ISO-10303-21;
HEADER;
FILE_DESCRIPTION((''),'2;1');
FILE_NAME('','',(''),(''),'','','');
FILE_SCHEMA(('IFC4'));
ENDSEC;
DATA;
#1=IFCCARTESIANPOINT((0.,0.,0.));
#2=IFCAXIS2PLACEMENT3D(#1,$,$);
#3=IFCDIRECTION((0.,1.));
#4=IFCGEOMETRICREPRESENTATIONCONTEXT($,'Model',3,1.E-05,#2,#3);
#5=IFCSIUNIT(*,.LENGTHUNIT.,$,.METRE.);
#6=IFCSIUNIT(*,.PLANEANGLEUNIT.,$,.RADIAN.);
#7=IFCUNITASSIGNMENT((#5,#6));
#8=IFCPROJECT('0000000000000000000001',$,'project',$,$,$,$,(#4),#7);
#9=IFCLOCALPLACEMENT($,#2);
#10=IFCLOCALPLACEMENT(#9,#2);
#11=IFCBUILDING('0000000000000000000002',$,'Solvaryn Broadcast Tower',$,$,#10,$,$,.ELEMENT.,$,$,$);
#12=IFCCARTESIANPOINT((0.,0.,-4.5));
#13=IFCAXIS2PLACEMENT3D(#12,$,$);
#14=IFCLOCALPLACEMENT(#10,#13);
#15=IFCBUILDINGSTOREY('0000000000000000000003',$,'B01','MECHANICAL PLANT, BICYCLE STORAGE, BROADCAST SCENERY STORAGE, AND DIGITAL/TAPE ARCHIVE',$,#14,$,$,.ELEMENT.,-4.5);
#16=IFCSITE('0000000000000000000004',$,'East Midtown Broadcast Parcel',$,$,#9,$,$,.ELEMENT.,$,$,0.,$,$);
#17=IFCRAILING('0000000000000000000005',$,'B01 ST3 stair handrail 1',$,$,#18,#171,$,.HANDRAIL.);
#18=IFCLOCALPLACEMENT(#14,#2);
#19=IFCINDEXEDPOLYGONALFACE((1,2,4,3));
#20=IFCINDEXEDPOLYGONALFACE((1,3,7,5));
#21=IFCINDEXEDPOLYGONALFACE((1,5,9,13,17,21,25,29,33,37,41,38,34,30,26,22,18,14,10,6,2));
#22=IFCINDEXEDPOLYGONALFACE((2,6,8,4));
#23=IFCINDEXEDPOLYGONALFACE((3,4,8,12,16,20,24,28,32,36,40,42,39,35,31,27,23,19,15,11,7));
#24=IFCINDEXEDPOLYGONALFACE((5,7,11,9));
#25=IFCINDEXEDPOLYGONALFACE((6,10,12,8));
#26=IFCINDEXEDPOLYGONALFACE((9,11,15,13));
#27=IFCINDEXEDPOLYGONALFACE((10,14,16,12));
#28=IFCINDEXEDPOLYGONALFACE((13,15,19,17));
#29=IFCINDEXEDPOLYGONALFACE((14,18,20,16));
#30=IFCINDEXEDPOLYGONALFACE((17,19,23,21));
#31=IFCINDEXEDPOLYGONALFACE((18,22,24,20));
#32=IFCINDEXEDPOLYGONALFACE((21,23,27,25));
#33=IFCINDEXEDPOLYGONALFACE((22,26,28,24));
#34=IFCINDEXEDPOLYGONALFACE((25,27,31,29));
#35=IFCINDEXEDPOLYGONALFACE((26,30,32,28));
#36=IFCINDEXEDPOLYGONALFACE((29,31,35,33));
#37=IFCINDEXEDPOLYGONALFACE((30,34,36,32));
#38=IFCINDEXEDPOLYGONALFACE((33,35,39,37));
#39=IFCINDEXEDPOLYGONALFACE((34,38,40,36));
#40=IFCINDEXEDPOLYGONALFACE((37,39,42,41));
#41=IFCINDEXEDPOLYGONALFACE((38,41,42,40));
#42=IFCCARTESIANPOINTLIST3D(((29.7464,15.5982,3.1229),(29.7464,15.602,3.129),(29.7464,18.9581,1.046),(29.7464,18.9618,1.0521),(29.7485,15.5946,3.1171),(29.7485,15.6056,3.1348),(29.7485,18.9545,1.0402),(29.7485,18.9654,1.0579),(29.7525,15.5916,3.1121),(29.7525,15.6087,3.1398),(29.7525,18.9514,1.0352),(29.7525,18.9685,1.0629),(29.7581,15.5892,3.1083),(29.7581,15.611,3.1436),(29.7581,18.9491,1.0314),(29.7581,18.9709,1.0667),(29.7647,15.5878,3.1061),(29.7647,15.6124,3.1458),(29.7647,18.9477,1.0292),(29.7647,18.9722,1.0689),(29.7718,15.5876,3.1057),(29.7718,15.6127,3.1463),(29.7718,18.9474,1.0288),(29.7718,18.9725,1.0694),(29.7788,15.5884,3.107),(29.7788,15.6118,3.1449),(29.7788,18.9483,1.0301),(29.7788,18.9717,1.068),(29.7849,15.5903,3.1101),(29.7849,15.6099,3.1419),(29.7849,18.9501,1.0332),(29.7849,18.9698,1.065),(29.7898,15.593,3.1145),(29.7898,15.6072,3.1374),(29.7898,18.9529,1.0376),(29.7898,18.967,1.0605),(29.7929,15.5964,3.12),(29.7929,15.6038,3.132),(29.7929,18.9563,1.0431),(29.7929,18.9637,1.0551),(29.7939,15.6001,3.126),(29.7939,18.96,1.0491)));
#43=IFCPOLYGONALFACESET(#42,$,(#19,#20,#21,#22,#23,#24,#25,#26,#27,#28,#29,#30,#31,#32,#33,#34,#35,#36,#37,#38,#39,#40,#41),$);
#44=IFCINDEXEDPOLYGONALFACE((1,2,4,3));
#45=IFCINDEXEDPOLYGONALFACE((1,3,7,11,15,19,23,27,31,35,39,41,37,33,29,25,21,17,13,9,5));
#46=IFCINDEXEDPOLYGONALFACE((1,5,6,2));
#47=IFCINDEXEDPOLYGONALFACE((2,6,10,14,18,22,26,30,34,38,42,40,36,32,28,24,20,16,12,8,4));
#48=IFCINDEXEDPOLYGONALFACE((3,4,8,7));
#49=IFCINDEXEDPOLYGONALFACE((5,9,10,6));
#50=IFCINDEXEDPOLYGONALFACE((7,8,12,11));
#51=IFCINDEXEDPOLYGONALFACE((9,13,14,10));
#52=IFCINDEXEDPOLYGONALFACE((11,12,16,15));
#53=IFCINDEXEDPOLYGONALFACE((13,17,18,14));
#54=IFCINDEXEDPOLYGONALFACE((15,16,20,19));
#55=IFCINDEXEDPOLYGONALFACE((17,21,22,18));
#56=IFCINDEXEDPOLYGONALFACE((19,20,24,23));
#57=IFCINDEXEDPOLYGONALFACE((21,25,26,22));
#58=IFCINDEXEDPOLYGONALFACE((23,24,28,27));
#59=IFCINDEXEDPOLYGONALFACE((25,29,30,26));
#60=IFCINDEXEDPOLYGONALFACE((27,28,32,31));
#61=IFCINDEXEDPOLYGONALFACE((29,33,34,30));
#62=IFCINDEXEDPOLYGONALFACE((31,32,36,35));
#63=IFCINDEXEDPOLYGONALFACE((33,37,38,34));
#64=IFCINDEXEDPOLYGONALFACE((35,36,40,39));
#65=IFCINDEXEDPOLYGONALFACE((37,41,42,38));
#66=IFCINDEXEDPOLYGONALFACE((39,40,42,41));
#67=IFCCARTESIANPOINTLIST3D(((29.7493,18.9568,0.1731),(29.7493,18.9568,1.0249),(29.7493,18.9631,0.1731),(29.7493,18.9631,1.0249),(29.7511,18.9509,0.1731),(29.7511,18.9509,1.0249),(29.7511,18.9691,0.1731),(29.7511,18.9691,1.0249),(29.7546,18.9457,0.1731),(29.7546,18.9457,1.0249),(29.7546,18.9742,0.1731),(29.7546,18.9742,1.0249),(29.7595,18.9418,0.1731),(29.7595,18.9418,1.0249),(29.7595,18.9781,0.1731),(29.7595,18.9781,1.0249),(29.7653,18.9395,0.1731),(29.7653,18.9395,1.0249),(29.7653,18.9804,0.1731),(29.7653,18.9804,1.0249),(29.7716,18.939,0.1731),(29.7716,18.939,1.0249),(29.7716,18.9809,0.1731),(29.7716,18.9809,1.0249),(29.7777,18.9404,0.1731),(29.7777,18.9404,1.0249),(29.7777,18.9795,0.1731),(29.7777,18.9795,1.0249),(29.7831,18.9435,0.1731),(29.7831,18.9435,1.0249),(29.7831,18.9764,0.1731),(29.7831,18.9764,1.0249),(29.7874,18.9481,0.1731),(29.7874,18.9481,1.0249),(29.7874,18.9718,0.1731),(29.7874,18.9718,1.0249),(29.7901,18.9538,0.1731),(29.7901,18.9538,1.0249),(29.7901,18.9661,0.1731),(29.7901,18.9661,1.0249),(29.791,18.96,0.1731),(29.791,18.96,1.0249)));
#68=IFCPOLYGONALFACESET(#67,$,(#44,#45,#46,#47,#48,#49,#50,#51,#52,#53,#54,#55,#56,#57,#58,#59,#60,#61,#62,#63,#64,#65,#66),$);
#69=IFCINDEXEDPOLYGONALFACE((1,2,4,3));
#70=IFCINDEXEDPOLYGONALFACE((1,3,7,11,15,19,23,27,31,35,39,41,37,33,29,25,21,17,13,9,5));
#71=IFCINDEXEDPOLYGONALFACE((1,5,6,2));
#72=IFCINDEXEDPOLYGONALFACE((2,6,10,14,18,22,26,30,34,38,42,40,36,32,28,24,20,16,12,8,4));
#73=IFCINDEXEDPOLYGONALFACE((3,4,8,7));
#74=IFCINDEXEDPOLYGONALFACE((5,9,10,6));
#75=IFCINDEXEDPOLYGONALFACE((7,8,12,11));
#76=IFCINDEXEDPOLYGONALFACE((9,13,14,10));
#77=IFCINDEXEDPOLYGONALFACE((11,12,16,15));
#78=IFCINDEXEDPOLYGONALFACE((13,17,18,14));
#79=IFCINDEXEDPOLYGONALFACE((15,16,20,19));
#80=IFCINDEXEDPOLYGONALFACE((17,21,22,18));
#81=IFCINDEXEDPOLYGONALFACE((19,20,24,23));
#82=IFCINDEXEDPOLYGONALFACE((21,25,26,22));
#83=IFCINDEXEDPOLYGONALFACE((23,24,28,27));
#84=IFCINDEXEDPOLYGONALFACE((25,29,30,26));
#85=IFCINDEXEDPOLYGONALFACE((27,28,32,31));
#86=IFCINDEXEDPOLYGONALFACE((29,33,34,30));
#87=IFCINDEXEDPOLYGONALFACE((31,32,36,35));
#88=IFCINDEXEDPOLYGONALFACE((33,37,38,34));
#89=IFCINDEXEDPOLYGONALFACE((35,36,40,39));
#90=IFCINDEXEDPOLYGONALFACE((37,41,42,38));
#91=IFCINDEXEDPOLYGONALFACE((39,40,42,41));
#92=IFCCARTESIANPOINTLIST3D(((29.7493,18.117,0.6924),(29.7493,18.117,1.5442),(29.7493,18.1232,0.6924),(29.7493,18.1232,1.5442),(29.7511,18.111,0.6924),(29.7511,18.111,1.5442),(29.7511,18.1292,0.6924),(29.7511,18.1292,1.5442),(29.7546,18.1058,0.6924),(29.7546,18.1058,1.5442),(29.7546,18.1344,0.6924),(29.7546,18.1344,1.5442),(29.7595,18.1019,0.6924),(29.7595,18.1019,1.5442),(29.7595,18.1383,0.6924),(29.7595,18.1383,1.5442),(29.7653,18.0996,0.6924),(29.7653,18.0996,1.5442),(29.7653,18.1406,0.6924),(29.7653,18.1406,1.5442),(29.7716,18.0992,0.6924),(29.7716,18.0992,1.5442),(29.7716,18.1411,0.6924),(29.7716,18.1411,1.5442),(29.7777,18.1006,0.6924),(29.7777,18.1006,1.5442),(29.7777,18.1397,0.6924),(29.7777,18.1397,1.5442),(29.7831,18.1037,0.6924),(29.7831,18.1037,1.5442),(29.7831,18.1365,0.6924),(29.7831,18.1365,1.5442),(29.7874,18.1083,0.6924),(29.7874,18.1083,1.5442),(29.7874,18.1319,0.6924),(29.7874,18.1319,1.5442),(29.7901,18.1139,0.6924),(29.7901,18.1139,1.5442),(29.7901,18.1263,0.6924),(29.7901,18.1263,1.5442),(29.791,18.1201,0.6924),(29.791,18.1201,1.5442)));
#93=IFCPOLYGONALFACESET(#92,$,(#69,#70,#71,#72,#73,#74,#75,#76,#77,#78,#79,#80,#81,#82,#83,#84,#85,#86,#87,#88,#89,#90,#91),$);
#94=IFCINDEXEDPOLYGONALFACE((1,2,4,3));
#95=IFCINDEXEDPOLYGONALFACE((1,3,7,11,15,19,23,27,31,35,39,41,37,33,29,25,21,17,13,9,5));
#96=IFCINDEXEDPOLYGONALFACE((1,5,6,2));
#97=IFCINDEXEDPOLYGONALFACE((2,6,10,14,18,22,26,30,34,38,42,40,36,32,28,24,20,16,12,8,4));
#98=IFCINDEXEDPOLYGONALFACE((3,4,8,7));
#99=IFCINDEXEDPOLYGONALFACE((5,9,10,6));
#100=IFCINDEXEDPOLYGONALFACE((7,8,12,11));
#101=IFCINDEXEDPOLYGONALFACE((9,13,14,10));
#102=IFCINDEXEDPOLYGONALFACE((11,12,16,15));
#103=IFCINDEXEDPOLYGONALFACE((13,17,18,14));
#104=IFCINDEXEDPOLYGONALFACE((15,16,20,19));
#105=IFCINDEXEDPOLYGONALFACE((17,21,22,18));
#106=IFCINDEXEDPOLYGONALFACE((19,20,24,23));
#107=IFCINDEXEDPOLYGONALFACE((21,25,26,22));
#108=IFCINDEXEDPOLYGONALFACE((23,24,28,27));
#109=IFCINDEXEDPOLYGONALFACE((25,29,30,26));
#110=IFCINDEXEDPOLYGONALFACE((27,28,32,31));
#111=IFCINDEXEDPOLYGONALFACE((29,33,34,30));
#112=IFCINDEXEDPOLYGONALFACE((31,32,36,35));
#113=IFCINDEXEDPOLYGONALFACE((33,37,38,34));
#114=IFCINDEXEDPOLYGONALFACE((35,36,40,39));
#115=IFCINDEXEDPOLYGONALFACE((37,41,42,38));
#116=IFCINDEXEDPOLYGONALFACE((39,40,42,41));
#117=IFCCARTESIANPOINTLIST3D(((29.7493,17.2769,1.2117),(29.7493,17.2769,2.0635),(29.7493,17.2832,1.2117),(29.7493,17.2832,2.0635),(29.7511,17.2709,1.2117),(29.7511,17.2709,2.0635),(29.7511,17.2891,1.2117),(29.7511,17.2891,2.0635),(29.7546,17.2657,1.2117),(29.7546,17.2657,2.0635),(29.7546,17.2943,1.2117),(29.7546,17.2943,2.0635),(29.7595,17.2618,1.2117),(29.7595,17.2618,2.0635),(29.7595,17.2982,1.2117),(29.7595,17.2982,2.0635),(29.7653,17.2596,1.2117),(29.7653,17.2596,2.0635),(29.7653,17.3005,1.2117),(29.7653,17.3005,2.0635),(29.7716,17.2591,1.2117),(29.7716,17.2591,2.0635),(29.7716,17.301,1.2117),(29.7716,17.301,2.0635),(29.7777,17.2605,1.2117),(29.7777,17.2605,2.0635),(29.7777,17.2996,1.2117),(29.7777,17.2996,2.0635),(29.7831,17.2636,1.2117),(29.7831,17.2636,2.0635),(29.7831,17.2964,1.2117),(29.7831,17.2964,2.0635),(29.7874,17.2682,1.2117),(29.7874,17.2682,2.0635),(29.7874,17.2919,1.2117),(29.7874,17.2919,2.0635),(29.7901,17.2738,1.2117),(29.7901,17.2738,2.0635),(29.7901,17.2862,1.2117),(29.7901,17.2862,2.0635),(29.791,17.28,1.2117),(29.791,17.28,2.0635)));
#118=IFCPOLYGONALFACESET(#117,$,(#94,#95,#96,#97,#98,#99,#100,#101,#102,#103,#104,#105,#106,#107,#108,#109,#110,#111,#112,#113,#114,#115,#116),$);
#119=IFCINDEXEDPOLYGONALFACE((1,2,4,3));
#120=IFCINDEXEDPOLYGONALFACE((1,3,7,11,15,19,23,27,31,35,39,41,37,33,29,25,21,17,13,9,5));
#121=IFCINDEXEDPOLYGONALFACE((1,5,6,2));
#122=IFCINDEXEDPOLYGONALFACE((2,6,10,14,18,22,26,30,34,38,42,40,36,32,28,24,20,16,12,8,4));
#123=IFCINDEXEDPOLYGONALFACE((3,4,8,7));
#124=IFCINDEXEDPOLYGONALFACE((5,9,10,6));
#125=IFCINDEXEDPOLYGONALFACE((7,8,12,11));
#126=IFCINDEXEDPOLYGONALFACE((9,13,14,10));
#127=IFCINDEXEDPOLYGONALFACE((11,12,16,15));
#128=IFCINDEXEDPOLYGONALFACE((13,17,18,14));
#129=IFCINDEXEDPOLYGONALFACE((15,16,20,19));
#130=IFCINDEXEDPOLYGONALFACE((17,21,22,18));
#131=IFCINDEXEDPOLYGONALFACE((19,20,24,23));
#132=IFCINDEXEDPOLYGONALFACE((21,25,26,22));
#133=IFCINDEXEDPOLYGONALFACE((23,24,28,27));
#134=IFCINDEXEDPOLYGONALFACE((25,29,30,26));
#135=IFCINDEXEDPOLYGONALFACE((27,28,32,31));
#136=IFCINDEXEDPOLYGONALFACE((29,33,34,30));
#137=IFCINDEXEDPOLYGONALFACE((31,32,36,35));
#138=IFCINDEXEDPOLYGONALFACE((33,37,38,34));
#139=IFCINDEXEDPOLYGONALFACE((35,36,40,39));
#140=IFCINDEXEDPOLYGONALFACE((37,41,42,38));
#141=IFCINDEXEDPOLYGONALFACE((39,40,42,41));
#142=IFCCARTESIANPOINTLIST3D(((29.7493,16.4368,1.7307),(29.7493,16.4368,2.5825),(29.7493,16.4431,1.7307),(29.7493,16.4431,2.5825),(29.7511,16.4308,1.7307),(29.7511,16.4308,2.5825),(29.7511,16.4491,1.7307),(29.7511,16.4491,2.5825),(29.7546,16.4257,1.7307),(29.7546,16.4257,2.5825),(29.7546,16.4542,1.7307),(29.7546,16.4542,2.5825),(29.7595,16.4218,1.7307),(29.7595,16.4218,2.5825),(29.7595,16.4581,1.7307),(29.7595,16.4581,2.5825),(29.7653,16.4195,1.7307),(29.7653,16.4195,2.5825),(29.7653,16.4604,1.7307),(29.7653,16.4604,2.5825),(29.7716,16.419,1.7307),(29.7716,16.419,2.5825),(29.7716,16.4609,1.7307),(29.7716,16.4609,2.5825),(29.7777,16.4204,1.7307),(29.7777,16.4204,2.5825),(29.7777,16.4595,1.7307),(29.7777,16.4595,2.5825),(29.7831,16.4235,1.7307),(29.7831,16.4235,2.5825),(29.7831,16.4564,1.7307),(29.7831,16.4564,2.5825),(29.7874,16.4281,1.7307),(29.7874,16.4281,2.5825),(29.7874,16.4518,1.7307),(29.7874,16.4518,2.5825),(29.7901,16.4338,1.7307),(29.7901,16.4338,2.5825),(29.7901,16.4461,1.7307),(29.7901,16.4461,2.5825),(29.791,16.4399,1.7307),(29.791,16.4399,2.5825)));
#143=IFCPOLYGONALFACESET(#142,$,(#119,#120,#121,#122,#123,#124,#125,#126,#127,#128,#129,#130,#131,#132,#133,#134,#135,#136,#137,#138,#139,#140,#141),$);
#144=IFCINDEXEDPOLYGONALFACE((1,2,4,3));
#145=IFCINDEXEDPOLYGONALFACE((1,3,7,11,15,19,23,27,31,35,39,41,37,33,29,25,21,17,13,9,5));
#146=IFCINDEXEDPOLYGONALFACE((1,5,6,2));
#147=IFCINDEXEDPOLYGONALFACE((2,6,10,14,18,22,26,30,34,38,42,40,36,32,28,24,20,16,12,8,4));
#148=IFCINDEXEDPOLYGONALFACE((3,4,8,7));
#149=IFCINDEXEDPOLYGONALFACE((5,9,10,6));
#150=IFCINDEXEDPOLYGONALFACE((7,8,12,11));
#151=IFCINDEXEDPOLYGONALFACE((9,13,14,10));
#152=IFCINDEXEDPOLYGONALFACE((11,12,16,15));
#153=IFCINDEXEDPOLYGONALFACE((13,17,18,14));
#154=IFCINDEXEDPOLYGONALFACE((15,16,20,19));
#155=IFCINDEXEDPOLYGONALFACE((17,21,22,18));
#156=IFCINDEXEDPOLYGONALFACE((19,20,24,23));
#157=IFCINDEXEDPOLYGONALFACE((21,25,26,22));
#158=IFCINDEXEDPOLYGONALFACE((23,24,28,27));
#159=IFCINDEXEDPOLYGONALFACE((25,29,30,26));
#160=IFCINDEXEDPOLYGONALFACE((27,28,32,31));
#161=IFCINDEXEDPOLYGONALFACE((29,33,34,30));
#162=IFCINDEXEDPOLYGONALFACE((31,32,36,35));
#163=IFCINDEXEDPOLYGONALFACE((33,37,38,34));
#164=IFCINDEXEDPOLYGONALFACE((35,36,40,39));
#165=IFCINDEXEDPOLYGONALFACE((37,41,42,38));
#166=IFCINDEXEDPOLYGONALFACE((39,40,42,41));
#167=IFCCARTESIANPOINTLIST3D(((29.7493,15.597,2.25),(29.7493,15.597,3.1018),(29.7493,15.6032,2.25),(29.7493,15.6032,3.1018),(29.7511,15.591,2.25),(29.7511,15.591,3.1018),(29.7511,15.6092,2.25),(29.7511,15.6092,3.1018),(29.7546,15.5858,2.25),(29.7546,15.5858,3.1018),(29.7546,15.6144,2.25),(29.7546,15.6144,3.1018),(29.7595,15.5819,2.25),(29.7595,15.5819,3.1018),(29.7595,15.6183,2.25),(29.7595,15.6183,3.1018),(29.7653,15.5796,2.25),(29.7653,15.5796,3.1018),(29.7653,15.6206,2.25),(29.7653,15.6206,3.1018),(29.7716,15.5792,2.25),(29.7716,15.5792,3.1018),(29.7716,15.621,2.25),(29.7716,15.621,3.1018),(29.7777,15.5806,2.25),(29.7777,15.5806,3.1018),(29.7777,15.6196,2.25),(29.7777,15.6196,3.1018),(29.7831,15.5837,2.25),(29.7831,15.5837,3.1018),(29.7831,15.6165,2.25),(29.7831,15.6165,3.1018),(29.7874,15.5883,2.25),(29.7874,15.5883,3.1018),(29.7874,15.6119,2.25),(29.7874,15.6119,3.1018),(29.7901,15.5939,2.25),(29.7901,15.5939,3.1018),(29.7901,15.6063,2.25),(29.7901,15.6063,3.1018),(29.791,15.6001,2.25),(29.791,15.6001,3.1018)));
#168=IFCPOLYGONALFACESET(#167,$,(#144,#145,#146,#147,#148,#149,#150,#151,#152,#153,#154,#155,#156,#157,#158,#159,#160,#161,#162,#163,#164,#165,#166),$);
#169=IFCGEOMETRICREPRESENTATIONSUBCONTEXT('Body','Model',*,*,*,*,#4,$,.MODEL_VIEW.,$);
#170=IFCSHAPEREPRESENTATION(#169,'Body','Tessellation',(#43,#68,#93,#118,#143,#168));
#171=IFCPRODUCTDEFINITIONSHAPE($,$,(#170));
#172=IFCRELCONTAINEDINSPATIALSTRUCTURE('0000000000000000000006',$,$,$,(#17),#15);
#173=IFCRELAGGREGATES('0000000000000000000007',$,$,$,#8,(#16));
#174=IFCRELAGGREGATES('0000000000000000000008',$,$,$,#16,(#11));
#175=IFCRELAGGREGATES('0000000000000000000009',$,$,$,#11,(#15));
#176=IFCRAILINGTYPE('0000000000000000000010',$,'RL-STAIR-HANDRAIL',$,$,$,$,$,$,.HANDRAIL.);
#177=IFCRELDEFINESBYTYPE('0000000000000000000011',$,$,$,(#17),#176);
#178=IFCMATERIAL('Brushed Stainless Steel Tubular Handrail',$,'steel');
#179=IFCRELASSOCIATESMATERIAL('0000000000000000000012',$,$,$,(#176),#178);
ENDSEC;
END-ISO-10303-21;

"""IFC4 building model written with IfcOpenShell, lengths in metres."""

from ifc_helpers import new_model, si_unit, direction, frame, origin, origin_2d, place, context, subcontext, project, spatial, circle, extrude, material, type_object, element, save


model = new_model("IFC4")

# Units and contexts
model_context = context("Model", 3, precision=1e-05, world=origin(), true_north=direction((0.0, 1.0)))
body_context = subcontext(model_context, "Body", "Model", "MODEL_VIEW")
ifc_project = project(units=[si_unit("LENGTHUNIT", "METRE"), si_unit("PLANEANGLEUNIT", "RADIAN")], contexts=[model_context])

# Site, building, storey
site_placement = place(None, origin())
site = spatial("IfcSite", under=ifc_project, at=site_placement, Name="East Midtown Broadcast Parcel", CompositionType="ELEMENT", RefElevation=0.0)
building_placement = place(site_placement, origin())
building = spatial("IfcBuilding", under=site, at=building_placement, Name="Solvaryn Broadcast Tower", CompositionType="ELEMENT")
storey_placement = place(building_placement, frame((0.0, 0.0, -4.5)))
storey = spatial("IfcBuildingStorey", under=building, at=storey_placement, Name="B01", Description="MECHANICAL PLANT, BICYCLE STORAGE, BROADCAST SCENERY STORAGE, AND DIGITAL/TAPE ARCHIVE", CompositionType="ELEMENT", Elevation=-4.5)

# Railing
ifc_material_1 = material(Name="Brushed Stainless Steel Tubular Handrail", Category="steel")
railing_type_1 = type_object("IfcRailingType", Name="RL-STAIR-HANDRAIL", PredefinedType="HANDRAIL", material=ifc_material_1)
railing_1_placement = place(storey_placement, frame((29.77, 18.96, 0.1731)))
element("IfcRailing", 1, at=railing_1_placement, inside=storey, type_object=railing_type_1, Name="B01 ST3 stair handrail 1", PredefinedType="HANDRAIL", context=body_context, shape_type="SweptSolid", body=[
    extrude(circle(Radius=0.0239, at=origin_2d()), frame((0.0, 0.0, 0.876), z_axis=(0.0, -0.850606, 0.525803), x_axis=(1.0, 0.0, 0.0)), (0.0, 0.0, 1.0), 3.95),
    extrude(circle(Radius=0.021, at=origin_2d()), origin(), (0.0, 0.0, 1.0), 0.8518),
    extrude(circle(Radius=0.021, at=origin_2d()), frame((0.0, -0.8398, 0.5193)), (0.0, 0.0, 1.0), 0.8518),
    extrude(circle(Radius=0.021, at=origin_2d()), frame((0.0, -1.6799, 1.0386)), (0.0, 0.0, 1.0), 0.8518),
    extrude(circle(Radius=0.021, at=origin_2d()), frame((0.0, -2.52, 1.5576)), (0.0, 0.0, 1.0), 0.8518),
    extrude(circle(Radius=0.021, at=origin_2d()), frame((0.0, -3.3599, 2.0769)), (0.0, 0.0, 1.0), 0.8518),
])

save(model, "model.ifc")
